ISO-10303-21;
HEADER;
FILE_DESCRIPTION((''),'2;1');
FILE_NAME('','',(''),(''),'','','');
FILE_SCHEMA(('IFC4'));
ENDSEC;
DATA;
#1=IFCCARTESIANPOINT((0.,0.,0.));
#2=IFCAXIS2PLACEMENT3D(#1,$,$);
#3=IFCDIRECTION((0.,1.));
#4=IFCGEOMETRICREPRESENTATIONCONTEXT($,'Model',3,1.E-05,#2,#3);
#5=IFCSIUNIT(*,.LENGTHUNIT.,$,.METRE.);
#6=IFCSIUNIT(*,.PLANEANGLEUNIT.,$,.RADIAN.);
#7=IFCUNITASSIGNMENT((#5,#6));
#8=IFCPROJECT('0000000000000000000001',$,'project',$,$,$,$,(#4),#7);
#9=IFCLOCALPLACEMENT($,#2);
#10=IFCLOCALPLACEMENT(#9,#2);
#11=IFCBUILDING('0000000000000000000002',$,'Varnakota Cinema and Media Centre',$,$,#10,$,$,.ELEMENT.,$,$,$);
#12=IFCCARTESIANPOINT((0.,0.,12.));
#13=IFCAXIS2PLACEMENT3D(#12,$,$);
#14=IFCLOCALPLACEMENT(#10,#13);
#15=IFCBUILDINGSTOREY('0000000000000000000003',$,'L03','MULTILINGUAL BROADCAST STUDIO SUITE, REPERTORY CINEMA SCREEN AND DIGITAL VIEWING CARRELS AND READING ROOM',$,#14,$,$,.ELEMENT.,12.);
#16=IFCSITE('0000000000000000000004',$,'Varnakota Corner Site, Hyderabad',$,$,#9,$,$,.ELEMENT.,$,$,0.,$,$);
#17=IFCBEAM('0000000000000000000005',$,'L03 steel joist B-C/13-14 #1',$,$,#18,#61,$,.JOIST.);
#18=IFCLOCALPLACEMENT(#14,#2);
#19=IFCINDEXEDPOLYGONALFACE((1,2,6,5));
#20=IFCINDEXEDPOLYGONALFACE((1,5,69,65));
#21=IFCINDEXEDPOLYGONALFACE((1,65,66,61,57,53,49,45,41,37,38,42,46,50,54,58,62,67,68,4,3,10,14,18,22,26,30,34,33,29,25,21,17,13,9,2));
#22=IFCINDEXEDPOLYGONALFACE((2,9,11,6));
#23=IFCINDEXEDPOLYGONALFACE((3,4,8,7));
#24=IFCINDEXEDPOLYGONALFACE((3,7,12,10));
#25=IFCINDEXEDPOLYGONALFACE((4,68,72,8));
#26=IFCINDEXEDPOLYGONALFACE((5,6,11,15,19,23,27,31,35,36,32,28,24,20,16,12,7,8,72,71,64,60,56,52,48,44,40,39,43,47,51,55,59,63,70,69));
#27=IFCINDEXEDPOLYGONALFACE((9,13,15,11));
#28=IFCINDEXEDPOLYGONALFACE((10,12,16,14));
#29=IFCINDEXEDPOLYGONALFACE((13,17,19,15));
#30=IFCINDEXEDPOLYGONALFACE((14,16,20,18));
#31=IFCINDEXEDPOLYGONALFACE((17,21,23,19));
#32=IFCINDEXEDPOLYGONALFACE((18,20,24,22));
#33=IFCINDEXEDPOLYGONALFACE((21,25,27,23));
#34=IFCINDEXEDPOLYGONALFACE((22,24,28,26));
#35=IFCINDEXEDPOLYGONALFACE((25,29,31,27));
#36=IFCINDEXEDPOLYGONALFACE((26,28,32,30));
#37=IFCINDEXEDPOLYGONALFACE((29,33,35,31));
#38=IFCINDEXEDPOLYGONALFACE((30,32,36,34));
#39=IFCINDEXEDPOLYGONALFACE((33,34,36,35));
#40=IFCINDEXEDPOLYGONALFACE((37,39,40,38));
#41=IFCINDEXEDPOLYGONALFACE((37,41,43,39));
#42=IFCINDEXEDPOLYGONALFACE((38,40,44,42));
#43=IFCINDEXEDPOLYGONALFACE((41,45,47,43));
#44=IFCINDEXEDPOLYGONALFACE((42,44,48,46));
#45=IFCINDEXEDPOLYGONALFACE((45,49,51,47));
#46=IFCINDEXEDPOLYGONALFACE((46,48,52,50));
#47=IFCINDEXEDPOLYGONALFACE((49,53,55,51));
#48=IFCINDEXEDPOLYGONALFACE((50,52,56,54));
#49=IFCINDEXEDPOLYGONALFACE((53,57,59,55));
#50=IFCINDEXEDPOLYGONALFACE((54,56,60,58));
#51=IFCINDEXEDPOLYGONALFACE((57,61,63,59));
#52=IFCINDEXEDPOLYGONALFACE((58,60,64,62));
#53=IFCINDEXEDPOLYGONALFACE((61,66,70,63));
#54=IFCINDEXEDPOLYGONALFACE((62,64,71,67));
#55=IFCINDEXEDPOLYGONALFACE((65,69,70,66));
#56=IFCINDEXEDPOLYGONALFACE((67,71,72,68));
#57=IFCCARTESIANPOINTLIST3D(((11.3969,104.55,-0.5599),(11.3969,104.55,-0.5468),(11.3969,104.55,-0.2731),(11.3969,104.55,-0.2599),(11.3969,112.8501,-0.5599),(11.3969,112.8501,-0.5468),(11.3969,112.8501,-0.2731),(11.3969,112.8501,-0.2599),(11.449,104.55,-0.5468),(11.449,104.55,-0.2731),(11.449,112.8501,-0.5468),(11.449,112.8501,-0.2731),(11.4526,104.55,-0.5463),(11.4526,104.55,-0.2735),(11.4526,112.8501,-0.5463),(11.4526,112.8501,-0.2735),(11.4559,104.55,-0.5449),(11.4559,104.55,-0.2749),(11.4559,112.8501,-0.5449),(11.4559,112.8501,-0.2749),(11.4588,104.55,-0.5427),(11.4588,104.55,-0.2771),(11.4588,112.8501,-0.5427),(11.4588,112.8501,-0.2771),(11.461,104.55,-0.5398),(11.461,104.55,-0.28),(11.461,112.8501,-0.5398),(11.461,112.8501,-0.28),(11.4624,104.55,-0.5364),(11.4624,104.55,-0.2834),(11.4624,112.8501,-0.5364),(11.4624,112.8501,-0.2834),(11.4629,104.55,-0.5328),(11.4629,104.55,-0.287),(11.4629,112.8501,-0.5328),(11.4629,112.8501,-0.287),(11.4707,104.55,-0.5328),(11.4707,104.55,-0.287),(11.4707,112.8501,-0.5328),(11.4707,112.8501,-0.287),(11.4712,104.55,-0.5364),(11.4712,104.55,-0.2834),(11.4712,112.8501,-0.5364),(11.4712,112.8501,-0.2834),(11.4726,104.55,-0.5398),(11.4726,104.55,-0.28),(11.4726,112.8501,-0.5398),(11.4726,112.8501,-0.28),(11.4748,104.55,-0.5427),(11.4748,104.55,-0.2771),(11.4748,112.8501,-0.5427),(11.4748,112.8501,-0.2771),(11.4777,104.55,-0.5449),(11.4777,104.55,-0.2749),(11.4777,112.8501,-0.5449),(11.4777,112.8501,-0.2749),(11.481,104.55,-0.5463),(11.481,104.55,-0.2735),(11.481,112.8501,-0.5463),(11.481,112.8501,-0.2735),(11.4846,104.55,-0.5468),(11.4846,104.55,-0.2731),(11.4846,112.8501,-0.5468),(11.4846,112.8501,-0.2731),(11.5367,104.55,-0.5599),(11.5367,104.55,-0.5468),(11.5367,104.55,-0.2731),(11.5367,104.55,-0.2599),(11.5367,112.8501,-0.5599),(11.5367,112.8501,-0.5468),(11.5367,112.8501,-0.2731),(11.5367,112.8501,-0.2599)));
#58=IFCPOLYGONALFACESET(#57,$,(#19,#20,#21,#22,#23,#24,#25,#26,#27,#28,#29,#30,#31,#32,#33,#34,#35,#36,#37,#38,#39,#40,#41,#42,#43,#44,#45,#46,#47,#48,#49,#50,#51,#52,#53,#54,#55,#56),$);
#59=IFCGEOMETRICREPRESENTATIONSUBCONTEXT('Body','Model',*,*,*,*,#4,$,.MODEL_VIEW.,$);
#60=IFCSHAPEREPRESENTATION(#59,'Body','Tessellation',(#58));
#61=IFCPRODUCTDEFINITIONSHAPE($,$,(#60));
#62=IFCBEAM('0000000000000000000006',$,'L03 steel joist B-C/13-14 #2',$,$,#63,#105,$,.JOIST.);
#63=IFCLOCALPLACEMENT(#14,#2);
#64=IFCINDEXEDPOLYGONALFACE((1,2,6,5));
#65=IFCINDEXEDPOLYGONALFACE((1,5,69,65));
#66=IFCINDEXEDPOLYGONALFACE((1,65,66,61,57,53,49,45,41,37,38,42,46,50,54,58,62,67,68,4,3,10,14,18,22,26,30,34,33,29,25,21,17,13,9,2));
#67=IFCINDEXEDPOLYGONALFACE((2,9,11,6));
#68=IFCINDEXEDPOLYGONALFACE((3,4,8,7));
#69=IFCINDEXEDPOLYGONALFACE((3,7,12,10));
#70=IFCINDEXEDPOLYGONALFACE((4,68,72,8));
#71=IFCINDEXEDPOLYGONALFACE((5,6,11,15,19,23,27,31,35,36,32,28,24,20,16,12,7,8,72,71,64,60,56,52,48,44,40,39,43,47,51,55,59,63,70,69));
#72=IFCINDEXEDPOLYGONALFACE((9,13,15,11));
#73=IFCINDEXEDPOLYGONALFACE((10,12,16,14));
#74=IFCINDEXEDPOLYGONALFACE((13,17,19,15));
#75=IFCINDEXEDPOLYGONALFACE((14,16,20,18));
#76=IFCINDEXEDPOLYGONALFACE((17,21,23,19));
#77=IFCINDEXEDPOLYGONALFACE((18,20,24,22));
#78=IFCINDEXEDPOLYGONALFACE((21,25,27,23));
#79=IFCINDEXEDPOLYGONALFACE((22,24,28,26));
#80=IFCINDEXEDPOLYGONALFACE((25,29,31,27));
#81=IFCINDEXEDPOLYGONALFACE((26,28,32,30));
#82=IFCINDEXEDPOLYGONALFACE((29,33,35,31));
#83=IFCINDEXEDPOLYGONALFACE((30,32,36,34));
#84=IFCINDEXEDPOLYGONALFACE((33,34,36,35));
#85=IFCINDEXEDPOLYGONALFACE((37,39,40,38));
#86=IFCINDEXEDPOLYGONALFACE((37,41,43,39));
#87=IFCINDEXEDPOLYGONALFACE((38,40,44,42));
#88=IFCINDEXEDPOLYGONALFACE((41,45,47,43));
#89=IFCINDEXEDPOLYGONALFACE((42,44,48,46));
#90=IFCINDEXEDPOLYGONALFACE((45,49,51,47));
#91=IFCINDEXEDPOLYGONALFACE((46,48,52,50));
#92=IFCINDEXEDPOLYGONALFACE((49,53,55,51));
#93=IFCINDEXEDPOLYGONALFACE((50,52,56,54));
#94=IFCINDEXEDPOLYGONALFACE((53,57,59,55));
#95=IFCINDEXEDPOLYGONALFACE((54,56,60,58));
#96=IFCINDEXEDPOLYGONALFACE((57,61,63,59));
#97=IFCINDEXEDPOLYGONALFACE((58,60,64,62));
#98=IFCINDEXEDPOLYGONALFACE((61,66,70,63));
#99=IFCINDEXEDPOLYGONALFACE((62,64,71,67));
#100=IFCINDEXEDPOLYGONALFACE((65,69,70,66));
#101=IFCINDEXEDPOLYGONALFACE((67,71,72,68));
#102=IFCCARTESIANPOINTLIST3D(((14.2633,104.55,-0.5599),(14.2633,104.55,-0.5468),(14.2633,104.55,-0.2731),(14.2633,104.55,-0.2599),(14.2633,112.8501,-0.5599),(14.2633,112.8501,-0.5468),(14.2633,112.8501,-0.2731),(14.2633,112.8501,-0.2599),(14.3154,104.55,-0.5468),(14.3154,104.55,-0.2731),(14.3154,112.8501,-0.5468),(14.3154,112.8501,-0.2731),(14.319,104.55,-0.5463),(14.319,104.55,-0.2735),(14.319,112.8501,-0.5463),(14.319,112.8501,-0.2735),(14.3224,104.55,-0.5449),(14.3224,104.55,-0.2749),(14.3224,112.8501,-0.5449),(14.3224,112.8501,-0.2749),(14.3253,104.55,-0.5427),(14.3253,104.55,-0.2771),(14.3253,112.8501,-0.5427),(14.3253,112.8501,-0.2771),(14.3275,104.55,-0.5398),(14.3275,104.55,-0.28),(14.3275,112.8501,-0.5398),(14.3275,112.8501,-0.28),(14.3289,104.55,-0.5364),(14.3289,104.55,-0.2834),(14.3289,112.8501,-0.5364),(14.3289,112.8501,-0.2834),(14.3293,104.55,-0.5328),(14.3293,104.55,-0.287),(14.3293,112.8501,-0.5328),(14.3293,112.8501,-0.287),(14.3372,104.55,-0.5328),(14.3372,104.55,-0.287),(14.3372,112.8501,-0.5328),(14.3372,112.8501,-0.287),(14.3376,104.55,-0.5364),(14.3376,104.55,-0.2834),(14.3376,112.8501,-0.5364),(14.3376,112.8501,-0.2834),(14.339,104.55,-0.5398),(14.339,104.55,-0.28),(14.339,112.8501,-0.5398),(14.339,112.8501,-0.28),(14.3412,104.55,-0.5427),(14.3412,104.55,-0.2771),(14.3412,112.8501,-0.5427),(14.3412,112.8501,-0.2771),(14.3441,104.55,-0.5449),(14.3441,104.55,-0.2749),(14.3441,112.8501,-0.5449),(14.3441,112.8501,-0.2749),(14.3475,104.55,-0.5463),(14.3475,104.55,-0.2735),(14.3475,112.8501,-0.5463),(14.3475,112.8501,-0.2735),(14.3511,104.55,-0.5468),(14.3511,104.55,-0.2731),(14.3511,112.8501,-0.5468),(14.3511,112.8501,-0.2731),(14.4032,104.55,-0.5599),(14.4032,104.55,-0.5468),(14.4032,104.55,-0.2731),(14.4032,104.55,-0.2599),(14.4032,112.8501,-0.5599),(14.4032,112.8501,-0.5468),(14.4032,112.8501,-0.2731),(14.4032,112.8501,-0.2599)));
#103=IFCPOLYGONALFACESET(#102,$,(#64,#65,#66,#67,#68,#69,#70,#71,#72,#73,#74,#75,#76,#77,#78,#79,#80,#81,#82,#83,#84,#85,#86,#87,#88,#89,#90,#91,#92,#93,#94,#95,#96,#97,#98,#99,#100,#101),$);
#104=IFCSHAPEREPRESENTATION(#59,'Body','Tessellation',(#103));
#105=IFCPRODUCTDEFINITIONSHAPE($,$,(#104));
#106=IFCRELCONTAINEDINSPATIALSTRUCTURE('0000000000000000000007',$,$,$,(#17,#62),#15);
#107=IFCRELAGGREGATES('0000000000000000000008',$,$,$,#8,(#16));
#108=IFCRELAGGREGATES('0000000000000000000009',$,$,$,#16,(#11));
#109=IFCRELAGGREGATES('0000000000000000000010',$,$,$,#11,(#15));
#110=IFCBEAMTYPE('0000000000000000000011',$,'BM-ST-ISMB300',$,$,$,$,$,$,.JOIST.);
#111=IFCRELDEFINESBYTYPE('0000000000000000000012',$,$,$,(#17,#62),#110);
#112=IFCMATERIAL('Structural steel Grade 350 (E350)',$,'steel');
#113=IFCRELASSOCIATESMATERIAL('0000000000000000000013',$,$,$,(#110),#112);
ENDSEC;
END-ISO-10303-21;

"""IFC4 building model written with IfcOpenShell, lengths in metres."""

from ifc_helpers import new_model, si_unit, direction, frame, origin, origin_2d, place, context, subcontext, project, spatial, i_section, extrude, material, material_profile, profile_set, type_object, element, save


model = new_model("IFC4")

# Units and contexts
model_context = context("Model", 3, precision=1e-05, world=origin(), true_north=direction((0.0, 1.0)))
body_context = subcontext(model_context, "Body", "Model", "MODEL_VIEW")
ifc_project = project(units=[si_unit("LENGTHUNIT", "METRE"), si_unit("PLANEANGLEUNIT", "RADIAN")], contexts=[model_context])

# Site, building, storey
site_placement = place(None, origin())
site = spatial("IfcSite", under=ifc_project, at=site_placement, Name="Varnakota Corner Site, Hyderabad", CompositionType="ELEMENT", RefElevation=0.0)
building_placement = place(site_placement, origin())
building = spatial("IfcBuilding", under=site, at=building_placement, Name="Varnakota Cinema and Media Centre", CompositionType="ELEMENT")
storey_placement = place(building_placement, frame((0.0, 0.0, 12.0)))
storey = spatial("IfcBuildingStorey", under=building, at=storey_placement, Name="L03", Description="MULTILINGUAL BROADCAST STUDIO SUITE, REPERTORY CINEMA SCREEN AND DIGITAL VIEWING CARRELS AND READING ROOM", CompositionType="ELEMENT", Elevation=12.0)

# Beams
ifc_material_1 = material(Name="Structural steel Grade 350 (E350)", Category="steel")
ifc_material_profile_1 = material_profile(ifc_material_1, i_section(OverallWidth=0.1399, OverallDepth=0.3, WebThickness=0.0078, FlangeThickness=0.0132, FilletRadius=0.0139, at=origin_2d()), Name="ISMB 300")
ifc_profile_set_1 = profile_set([ifc_material_profile_1], Name="Structural steel Grade 350 (E350)")
beam_type_1 = type_object("IfcBeamType", Name="BM-ST-ISMB300", PredefinedType="JOIST", material=ifc_profile_set_1)
for number, where, z_axis, x_axis, name in (
    (1, (11.4668, 104.55, -0.4099), (0.0, 1.0, 0.0), (-1.0, 0.0, 0.0), "L03 steel joist B-C/13-14 #1"),
    (2, (14.3333, 104.55, -0.4099), (0.0, 1.0, 0.0), (-1.0, 0.0, 0.0), "L03 steel joist B-C/13-14 #2"),
):
    element("IfcBeam", number, at=place(storey_placement, frame(where, z_axis=z_axis, x_axis=x_axis)), inside=storey, type_object=beam_type_1, Name=name, PredefinedType="JOIST", context=body_context, shape_type="SweptSolid", body=[
        extrude(i_section(OverallWidth=0.1399, OverallDepth=0.3, WebThickness=0.0078, FlangeThickness=0.0132, FilletRadius=0.0139, at=origin_2d()), origin(), (0.0, 0.0, 1.0), 8.3),
    ])

save(model, "model.ifc")
